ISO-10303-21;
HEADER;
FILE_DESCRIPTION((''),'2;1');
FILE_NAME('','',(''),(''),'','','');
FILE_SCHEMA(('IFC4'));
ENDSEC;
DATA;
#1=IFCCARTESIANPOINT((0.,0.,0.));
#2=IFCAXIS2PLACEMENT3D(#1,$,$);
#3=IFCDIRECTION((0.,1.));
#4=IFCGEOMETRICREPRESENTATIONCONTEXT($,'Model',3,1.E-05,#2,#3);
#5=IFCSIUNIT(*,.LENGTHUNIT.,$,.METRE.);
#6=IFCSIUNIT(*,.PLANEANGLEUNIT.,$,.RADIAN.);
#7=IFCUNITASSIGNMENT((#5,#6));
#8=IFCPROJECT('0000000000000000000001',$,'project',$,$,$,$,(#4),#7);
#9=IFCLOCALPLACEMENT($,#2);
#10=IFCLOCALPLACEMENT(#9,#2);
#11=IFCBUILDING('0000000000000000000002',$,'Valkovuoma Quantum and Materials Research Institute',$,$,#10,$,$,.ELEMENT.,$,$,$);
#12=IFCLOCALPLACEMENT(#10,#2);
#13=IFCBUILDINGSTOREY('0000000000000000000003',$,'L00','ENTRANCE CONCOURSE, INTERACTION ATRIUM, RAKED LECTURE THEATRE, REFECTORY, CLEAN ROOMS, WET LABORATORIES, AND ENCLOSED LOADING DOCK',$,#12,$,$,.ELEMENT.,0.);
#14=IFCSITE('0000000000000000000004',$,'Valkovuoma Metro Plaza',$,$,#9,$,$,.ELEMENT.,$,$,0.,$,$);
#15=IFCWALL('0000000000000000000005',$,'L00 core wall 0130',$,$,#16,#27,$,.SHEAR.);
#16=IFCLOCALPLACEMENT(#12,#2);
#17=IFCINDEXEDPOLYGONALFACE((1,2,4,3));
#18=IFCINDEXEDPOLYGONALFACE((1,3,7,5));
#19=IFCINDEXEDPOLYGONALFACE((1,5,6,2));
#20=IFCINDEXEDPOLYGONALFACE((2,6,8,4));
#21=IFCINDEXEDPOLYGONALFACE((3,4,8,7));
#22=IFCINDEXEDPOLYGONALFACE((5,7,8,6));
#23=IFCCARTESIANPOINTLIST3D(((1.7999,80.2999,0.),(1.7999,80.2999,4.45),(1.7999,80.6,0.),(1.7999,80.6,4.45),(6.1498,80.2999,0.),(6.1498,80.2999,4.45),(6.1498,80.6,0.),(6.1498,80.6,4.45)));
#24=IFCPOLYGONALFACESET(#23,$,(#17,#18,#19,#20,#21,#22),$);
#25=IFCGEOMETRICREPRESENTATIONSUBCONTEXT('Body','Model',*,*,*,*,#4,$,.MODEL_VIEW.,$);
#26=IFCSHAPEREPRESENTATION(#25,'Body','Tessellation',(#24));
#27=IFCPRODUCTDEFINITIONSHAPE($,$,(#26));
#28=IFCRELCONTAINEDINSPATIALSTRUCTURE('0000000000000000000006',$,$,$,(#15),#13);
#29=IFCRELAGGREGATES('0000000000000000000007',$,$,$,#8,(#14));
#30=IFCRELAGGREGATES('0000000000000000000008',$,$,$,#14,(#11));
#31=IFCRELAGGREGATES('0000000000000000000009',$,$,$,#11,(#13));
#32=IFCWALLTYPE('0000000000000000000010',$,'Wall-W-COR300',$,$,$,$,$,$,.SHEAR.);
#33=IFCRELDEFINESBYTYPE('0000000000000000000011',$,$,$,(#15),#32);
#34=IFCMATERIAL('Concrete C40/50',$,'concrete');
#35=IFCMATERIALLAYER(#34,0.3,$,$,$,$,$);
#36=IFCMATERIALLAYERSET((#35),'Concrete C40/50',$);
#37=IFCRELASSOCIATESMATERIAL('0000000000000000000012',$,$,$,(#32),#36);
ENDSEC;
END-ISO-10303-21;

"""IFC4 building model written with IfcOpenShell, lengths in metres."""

from ifc_helpers import new_model, si_unit, direction, frame, frame_2d, origin, place, context, subcontext, project, spatial, rectangle, extrude, material, layer, layer_set, type_object, element, save


model = new_model("IFC4")

# Units and contexts
model_context = context("Model", 3, precision=1e-05, world=origin(), true_north=direction((0.0, 1.0)))
body_context = subcontext(model_context, "Body", "Model", "MODEL_VIEW")
ifc_project = project(units=[si_unit("LENGTHUNIT", "METRE"), si_unit("PLANEANGLEUNIT", "RADIAN")], contexts=[model_context])

# Site, building, storey
site_placement = place(None, origin())
site = spatial("IfcSite", under=ifc_project, at=site_placement, Name="Valkovuoma Metro Plaza", CompositionType="ELEMENT", RefElevation=0.0)
building_placement = place(site_placement, origin())
building = spatial("IfcBuilding", under=site, at=building_placement, Name="Valkovuoma Quantum and Materials Research Institute", CompositionType="ELEMENT")
storey_placement = place(building_placement, origin())
storey = spatial("IfcBuildingStorey", under=building, at=storey_placement, Name="L00", Description="ENTRANCE CONCOURSE, INTERACTION ATRIUM, RAKED LECTURE THEATRE, REFECTORY, CLEAN ROOMS, WET LABORATORIES, AND ENCLOSED LOADING DOCK", CompositionType="ELEMENT", Elevation=0.0)

# Wall
ifc_material_1 = material(Name="Concrete C40/50", Category="concrete")
ifc_layer_1 = layer(ifc_material_1, 0.3)
ifc_layer_set_1 = layer_set([ifc_layer_1], Name="Concrete C40/50")
wall_type = type_object("IfcWallType", Name="Wall-W-COR300", PredefinedType="SHEAR", material=ifc_layer_set_1)
wall_placement = place(storey_placement, frame((1.8, 80.45, 0.0), z_axis=(0.0, 0.0, 1.0), x_axis=(1.0, 0.0, 0.0)))
element("IfcWall", 1, at=wall_placement, inside=storey, type_object=wall_type, Name="L00 core wall 0130", PredefinedType="SHEAR", context=body_context, shape_type="SweptSolid", body=[
    extrude(rectangle(XDim=4.3499, YDim=0.3, at=frame_2d((2.1748, 0.0))), origin(), (0.0, 0.0, 1.0), 4.45),
])

save(model, "model.ifc")
